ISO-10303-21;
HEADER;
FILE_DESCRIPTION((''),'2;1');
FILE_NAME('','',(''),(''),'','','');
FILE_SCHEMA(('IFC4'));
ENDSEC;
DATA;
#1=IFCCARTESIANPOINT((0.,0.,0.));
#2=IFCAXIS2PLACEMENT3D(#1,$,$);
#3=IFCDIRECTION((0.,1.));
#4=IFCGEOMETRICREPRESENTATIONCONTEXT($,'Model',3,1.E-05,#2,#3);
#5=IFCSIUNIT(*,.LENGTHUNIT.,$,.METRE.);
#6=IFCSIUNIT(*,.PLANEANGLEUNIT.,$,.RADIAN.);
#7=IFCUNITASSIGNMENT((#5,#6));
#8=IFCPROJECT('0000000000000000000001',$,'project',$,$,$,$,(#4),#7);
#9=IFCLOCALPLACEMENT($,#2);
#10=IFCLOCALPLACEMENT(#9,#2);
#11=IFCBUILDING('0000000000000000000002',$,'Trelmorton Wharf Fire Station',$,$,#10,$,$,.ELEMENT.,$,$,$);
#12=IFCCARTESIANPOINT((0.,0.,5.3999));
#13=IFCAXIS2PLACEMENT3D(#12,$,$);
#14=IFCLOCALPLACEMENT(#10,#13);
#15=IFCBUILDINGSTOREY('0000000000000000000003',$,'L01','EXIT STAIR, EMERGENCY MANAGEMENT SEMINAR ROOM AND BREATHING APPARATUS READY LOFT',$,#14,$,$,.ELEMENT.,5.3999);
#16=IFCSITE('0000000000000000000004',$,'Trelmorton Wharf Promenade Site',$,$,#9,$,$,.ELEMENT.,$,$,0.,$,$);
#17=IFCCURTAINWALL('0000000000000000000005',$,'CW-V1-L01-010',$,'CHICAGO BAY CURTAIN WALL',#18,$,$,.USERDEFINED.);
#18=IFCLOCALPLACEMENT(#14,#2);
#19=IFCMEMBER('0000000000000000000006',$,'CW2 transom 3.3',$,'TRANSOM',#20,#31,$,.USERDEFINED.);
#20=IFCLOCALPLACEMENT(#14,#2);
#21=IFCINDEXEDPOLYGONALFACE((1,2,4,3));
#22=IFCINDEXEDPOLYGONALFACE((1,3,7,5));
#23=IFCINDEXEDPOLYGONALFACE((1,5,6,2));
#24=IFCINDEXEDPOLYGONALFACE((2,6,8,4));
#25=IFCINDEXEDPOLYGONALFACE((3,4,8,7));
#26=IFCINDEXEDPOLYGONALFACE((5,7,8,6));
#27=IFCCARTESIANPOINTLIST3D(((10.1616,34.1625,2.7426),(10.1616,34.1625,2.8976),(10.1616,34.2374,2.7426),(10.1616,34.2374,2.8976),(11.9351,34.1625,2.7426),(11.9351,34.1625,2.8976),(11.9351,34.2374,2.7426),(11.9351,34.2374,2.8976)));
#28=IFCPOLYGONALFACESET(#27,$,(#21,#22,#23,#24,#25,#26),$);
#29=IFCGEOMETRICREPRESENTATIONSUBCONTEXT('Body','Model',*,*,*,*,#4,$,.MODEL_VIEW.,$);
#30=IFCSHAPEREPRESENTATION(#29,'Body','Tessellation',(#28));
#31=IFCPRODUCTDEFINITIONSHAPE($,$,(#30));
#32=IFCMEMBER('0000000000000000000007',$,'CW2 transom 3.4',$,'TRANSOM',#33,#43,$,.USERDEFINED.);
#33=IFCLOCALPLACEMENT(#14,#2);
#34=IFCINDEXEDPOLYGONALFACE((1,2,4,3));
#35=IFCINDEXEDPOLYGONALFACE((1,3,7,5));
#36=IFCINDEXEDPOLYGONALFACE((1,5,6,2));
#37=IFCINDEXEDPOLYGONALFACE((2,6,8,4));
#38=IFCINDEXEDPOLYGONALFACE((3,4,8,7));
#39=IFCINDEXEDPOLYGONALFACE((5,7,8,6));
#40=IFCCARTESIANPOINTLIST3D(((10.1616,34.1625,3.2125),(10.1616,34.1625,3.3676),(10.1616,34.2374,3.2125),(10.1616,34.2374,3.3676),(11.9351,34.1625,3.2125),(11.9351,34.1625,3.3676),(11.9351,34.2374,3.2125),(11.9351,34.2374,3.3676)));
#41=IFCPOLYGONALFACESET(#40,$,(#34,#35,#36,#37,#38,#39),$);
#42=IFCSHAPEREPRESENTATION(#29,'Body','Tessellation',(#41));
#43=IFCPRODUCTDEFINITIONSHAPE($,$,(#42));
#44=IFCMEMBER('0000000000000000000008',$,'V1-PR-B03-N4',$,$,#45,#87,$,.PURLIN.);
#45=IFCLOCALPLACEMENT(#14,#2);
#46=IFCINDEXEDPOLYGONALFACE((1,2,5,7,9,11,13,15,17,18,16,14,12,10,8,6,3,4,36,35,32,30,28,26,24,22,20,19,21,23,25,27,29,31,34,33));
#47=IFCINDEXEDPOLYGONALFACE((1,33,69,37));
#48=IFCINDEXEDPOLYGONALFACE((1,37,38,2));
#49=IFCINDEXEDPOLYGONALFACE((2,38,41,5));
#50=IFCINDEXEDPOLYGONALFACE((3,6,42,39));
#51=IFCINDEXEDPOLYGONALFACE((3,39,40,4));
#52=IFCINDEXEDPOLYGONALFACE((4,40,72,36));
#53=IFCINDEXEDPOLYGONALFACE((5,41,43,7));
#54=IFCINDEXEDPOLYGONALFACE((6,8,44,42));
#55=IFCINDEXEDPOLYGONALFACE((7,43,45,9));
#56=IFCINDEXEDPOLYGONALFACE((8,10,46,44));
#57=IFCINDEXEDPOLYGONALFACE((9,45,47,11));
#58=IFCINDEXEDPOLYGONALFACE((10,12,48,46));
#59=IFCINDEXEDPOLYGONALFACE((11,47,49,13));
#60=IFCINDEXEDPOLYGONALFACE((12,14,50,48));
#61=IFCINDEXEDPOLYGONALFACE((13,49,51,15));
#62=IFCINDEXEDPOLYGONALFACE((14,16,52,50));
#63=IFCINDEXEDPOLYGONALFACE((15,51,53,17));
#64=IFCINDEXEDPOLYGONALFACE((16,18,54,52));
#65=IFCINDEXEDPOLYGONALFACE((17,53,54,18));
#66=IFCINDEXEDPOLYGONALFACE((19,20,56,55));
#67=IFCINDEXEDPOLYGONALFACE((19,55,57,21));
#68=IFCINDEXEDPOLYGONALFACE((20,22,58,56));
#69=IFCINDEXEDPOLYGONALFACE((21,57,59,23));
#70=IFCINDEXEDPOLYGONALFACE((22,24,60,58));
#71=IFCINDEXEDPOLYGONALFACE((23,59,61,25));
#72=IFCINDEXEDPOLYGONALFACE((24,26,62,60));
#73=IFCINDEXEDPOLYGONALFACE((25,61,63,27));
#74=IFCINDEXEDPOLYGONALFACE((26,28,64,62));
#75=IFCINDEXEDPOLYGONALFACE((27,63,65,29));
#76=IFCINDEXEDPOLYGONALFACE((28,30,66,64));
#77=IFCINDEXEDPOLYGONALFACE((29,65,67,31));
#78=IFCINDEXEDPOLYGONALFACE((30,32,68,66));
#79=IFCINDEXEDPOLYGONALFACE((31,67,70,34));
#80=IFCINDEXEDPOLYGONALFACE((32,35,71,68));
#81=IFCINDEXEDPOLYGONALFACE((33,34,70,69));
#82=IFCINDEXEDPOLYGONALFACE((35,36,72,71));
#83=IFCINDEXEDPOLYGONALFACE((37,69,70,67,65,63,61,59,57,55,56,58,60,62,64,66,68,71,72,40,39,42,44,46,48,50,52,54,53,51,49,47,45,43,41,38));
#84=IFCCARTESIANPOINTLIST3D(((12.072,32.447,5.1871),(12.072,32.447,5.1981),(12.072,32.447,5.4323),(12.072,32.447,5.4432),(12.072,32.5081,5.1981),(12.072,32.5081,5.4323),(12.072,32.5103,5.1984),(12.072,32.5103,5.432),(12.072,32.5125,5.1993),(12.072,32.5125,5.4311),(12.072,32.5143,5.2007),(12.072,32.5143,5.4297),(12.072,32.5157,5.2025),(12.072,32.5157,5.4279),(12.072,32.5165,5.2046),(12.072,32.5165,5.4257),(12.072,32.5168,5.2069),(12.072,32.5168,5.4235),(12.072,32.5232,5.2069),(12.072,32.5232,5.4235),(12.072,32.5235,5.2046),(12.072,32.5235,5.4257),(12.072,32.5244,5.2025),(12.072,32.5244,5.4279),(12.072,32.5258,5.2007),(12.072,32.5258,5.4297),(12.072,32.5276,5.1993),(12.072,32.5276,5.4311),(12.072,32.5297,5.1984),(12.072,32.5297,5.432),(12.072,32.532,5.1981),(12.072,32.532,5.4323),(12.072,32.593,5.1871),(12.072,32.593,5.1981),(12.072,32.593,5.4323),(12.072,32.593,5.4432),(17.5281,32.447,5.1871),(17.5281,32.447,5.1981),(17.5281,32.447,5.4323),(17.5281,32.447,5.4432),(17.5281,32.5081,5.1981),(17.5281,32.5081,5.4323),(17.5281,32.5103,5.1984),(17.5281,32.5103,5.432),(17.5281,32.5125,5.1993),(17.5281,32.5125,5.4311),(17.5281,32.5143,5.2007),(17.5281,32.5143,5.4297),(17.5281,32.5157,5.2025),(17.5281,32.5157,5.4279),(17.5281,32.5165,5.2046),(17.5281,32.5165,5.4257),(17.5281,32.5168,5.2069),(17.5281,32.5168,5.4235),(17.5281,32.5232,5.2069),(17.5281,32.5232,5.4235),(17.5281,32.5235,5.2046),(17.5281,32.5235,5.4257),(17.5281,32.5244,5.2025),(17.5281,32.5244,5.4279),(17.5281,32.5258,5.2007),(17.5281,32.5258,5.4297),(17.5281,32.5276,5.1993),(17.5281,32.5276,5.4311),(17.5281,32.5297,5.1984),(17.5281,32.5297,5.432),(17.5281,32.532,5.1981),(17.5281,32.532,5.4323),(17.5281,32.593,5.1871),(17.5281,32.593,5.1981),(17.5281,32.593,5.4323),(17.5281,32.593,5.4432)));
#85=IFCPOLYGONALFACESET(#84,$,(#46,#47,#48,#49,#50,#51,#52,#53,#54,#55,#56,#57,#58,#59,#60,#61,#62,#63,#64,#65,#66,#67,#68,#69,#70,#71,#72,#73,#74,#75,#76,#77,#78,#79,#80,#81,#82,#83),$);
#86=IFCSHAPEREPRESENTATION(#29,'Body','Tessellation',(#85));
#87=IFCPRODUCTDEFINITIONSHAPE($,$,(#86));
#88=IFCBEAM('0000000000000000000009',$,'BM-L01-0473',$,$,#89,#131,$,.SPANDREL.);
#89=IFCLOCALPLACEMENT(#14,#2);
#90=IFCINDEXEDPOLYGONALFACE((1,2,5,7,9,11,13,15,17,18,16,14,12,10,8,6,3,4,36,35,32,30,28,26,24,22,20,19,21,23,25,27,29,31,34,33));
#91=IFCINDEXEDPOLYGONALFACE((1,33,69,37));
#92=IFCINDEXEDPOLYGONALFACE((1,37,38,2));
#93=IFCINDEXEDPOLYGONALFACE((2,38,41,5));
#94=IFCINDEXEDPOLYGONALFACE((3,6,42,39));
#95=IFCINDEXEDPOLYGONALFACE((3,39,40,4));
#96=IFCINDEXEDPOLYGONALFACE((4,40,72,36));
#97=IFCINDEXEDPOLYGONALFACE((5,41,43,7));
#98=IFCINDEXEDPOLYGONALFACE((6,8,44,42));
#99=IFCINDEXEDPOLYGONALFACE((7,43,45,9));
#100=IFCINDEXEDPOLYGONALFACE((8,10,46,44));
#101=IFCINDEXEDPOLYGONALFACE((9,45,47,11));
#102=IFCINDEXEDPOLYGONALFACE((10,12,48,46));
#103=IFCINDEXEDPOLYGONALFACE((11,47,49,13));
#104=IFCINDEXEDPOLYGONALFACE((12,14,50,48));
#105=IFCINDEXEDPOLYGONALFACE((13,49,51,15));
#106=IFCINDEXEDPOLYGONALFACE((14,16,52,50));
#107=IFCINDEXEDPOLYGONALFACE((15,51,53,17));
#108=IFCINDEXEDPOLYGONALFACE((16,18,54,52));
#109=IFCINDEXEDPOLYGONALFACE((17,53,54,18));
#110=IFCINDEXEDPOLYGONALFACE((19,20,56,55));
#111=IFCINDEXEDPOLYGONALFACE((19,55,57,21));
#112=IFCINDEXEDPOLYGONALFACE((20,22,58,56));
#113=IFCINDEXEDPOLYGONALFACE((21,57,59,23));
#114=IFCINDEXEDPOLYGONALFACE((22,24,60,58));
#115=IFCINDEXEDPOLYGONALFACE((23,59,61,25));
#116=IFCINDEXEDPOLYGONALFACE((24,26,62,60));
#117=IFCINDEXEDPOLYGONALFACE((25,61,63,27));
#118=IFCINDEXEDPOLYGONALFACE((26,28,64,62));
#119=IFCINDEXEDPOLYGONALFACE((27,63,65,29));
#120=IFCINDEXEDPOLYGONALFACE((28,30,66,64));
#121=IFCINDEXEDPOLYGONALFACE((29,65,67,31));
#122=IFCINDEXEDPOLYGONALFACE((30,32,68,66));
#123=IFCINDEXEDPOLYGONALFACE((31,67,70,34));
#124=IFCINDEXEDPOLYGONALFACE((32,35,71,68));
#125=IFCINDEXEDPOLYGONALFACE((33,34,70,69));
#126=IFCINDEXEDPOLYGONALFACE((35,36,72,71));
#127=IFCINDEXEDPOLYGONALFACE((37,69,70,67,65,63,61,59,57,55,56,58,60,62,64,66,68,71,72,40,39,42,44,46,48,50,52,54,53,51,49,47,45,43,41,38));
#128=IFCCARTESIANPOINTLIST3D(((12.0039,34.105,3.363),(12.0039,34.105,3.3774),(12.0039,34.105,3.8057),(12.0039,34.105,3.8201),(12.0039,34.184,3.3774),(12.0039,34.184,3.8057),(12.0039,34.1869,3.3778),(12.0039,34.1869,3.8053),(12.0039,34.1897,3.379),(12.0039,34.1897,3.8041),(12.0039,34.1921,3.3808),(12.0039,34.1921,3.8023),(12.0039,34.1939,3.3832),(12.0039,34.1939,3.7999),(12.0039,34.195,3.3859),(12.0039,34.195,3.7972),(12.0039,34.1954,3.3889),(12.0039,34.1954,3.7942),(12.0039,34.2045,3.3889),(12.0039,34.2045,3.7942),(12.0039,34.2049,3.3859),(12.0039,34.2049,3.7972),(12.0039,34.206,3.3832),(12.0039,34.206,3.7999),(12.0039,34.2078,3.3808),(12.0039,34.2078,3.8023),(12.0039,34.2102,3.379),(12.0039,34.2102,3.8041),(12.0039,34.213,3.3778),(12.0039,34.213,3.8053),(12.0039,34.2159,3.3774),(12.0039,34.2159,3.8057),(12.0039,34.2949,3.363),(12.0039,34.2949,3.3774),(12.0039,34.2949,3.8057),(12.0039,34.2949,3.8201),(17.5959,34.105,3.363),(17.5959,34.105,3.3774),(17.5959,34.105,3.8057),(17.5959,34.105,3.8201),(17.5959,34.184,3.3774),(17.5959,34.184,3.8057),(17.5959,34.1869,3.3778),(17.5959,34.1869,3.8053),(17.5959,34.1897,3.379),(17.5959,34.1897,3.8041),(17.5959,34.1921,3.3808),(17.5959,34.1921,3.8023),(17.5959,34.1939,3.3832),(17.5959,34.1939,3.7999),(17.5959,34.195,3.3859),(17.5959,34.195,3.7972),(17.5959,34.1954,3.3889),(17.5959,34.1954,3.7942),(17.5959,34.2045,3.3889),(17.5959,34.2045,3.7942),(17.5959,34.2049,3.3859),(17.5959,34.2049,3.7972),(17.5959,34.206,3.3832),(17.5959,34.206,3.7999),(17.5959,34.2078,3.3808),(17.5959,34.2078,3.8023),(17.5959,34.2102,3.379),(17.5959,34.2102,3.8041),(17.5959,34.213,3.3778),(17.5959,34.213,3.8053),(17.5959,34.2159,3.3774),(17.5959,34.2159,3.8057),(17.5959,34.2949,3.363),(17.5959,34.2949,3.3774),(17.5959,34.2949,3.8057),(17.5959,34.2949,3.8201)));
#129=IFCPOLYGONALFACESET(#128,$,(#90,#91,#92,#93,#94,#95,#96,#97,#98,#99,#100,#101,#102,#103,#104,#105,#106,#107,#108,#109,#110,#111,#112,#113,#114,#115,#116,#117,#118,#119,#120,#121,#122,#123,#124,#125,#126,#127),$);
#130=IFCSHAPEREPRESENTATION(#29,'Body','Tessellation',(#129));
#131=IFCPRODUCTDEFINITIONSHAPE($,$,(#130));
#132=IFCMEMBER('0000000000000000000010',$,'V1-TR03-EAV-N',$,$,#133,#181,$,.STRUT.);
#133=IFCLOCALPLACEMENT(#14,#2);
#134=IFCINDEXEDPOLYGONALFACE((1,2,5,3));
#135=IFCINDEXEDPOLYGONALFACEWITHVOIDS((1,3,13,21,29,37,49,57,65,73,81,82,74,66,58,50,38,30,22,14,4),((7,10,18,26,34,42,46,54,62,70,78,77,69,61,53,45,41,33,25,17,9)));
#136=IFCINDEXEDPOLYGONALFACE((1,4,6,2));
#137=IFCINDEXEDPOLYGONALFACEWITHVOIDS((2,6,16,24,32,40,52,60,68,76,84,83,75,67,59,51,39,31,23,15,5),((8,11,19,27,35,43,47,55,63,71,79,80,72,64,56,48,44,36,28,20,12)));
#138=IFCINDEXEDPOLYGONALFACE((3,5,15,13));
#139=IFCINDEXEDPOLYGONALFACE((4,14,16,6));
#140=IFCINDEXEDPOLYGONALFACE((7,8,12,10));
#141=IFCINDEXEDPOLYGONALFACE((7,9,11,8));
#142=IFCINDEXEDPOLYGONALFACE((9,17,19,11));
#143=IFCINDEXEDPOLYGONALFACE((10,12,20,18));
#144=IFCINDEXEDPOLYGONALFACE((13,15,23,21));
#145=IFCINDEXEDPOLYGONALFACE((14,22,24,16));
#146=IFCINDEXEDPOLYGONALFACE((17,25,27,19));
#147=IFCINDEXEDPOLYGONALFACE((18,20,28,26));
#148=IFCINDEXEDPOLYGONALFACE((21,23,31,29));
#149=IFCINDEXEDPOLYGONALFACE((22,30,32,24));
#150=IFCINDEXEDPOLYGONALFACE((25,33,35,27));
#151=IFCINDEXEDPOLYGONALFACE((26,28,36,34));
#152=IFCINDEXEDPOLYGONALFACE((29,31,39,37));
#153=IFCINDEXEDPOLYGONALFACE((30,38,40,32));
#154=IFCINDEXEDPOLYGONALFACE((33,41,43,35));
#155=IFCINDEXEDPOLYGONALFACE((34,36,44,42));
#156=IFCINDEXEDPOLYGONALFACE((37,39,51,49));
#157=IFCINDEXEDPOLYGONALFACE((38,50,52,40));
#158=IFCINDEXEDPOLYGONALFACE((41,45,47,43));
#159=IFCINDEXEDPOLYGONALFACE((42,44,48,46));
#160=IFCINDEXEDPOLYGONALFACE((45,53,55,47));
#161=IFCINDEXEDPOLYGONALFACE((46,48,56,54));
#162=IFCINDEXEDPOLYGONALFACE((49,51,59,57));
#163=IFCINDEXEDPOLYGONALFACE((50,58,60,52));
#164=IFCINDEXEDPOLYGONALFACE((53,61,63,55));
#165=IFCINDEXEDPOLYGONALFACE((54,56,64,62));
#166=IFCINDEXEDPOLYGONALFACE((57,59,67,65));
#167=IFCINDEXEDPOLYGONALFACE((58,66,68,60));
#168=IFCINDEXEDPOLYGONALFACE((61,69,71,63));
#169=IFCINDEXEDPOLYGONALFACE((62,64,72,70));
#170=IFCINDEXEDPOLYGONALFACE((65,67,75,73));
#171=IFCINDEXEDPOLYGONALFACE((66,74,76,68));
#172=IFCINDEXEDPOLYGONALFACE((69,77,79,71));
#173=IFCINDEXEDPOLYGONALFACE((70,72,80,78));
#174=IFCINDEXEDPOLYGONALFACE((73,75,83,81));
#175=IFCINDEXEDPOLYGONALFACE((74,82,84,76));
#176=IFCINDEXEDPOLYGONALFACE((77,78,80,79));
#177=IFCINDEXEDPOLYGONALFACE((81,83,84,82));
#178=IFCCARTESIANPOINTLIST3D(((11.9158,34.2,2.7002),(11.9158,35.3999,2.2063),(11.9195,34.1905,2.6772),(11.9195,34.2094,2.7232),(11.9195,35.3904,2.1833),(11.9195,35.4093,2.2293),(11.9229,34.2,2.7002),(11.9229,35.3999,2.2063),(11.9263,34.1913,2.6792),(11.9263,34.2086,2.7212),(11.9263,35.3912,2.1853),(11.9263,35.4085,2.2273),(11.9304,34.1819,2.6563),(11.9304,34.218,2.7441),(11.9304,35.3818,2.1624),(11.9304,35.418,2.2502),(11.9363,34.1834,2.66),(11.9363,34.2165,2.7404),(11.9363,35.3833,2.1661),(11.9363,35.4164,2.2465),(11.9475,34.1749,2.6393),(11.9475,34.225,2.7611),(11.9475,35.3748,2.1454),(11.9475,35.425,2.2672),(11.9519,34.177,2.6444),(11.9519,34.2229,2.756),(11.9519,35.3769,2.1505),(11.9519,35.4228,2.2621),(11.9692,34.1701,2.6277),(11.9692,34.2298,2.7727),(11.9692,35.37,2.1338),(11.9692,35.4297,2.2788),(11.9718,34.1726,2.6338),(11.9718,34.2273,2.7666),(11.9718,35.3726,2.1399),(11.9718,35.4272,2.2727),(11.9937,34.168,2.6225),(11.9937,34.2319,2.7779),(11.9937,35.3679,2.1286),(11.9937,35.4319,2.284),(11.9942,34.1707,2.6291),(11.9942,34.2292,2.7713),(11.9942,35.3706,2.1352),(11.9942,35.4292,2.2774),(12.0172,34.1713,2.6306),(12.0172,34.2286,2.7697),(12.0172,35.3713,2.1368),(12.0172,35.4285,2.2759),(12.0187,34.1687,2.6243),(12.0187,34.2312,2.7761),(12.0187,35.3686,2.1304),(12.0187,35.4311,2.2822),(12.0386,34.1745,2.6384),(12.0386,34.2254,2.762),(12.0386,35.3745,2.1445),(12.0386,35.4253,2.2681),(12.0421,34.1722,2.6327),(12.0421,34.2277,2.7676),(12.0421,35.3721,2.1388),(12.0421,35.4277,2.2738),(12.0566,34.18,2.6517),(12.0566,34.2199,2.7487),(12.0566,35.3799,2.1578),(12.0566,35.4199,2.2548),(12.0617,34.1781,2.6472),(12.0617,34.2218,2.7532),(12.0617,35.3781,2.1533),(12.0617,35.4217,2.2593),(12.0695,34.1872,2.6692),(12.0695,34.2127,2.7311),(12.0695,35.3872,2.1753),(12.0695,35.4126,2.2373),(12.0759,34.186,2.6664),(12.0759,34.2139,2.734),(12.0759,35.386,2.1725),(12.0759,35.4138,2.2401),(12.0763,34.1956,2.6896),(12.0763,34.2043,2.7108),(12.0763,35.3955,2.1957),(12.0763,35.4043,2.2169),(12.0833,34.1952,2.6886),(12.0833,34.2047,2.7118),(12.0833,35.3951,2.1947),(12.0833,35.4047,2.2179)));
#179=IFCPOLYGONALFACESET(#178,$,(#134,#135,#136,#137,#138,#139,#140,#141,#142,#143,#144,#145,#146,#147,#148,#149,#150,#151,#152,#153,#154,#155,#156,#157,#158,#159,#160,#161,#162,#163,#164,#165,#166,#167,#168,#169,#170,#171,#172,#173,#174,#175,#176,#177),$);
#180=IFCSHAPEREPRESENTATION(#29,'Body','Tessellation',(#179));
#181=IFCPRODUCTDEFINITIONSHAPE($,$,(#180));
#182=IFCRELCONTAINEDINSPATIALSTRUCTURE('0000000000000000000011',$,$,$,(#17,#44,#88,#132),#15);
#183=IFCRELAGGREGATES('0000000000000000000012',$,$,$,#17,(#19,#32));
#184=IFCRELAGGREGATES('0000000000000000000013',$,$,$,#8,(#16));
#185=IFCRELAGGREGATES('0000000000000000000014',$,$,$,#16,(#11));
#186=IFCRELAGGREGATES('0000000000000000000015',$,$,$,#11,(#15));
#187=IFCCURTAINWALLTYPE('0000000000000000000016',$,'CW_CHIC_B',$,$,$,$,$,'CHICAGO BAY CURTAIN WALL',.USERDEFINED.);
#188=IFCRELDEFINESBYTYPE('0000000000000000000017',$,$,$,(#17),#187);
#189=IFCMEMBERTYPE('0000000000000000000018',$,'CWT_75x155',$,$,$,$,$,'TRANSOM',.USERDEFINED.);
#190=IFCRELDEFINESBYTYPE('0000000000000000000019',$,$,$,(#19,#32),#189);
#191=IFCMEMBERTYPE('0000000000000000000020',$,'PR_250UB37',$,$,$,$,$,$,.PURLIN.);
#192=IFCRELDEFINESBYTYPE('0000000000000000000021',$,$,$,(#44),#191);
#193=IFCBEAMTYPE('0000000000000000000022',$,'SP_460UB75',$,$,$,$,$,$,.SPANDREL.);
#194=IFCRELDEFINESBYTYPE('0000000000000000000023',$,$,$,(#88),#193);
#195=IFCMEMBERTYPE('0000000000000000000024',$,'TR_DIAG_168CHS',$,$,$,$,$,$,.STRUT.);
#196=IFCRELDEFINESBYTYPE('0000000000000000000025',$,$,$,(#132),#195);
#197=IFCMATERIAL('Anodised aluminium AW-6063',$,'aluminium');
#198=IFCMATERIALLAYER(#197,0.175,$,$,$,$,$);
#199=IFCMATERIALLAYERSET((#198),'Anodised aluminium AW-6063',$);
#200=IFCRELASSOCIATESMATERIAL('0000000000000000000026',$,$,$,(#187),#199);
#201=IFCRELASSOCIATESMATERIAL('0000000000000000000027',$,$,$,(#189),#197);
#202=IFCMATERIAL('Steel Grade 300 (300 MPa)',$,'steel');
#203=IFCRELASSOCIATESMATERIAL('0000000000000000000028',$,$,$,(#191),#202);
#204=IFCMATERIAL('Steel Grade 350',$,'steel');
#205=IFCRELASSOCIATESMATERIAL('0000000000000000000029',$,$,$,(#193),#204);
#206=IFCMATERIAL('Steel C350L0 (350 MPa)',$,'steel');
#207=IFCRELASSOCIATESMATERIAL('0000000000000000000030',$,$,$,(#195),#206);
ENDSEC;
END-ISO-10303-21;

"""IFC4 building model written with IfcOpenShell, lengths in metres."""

from ifc_helpers import new_model, si_unit, direction, frame, origin, origin_2d, place, context, subcontext, project, spatial, rectangle, hollow_circle, i_section, extrude, material, layer, layer_set, material_profile, profile_set, type_object, element, aggregate, save


model = new_model("IFC4")

# Units and contexts
model_context = context("Model", 3, precision=1e-05, world=origin(), true_north=direction((0.0, 1.0)))
body_context = subcontext(model_context, "Body", "Model", "MODEL_VIEW")
ifc_project = project(units=[si_unit("LENGTHUNIT", "METRE"), si_unit("PLANEANGLEUNIT", "RADIAN")], contexts=[model_context])

# Site, building, storey
site_placement = place(None, origin())
site = spatial("IfcSite", under=ifc_project, at=site_placement, Name="Trelmorton Wharf Promenade Site", CompositionType="ELEMENT", RefElevation=0.0)
building_placement = place(site_placement, origin())
building = spatial("IfcBuilding", under=site, at=building_placement, Name="Trelmorton Wharf Fire Station", CompositionType="ELEMENT")
storey_placement = place(building_placement, frame((0.0, 0.0, 5.3999)))
storey = spatial("IfcBuildingStorey", under=building, at=storey_placement, Name="L01", Description="EXIT STAIR, EMERGENCY MANAGEMENT SEMINAR ROOM AND BREATHING APPARATUS READY LOFT", CompositionType="ELEMENT", Elevation=5.3999)

# Shared definitions
ifc_material_1 = material(Name="Steel Grade 350", Category="steel")

# Shared definitions
ifc_material_2 = material(Name="Anodised aluminium AW-6063", Category="aluminium")
ifc_layer_1 = layer(ifc_material_2, 0.175)
ifc_layer_set_1 = layer_set([ifc_layer_1], Name="Anodised aluminium AW-6063")
curtain_wall_type = type_object("IfcCurtainWallType", Name="CW_CHIC_B", ElementType="CHICAGO BAY CURTAIN WALL", PredefinedType="USERDEFINED", material=ifc_layer_set_1)

# Curtain wall
curtain_wall_1_placement = place(storey_placement, origin())
curtain_wall_1 = element("IfcCurtainWall", 1, at=curtain_wall_1_placement, inside=storey, type_object=curtain_wall_type, Name="CW-V1-L01-010", ObjectType="CHICAGO BAY CURTAIN WALL", PredefinedType="USERDEFINED")

# Members
ifc_material_profile_1 = material_profile(ifc_material_2, rectangle(XDim=0.075, YDim=0.155, at=origin_2d()), Name="ALU-75x155")
ifc_profile_set_1 = profile_set([ifc_material_profile_1], Name="Anodised aluminium AW-6063")
member_type_1 = type_object("IfcMemberType", Name="CWT_75x155", ElementType="TRANSOM", PredefinedType="USERDEFINED", material=ifc_profile_set_1)
member_1_placement = place(storey_placement, frame((10.1616, 34.2, 2.8201), z_axis=(1.0, 0.0, 0.0), x_axis=(0.0, 1.0, 0.0)))
member_1 = element("IfcMember", 2, at=member_1_placement, type_object=member_type_1, Name="CW2 transom 3.3", ObjectType="TRANSOM", PredefinedType="USERDEFINED", context=body_context, shape_type="SweptSolid", body=[
    extrude(rectangle(XDim=0.075, YDim=0.155, at=origin_2d()), origin(), (0.0, 0.0, 1.0), 1.7734),
])
member_2_placement = place(storey_placement, frame((10.1616, 34.2, 3.29), z_axis=(1.0, 0.0, 0.0), x_axis=(0.0, 1.0, 0.0)))
member_2 = element("IfcMember", 3, at=member_2_placement, type_object=member_type_1, Name="CW2 transom 3.4", ObjectType="TRANSOM", PredefinedType="USERDEFINED", context=body_context, shape_type="SweptSolid", body=[
    extrude(rectangle(XDim=0.075, YDim=0.155, at=origin_2d()), origin(), (0.0, 0.0, 1.0), 1.7734),
])
ifc_material_3 = material(Name="Steel Grade 300 (300 MPa)", Category="steel")
ifc_material_profile_2 = material_profile(ifc_material_3, i_section(OverallWidth=0.146, OverallDepth=0.2561, WebThickness=0.0063, FlangeThickness=0.011, FilletRadius=0.0088, at=origin_2d()), Name="250UB37.3")
ifc_profile_set_2 = profile_set([ifc_material_profile_2], Name="Steel Grade 300 (300 MPa)")
member_type_2 = type_object("IfcMemberType", Name="PR_250UB37", PredefinedType="PURLIN", material=ifc_profile_set_2)
member_3_placement = place(storey_placement, frame((12.072, 32.52, 5.3152), z_axis=(1.0, 0.0, 0.0), x_axis=(0.0, 1.0, 0.0)))
element("IfcMember", 4, at=member_3_placement, inside=storey, type_object=member_type_2, Name="V1-PR-B03-N4", PredefinedType="PURLIN", context=body_context, shape_type="SweptSolid", body=[
    extrude(i_section(OverallWidth=0.146, OverallDepth=0.2561, WebThickness=0.0063, FlangeThickness=0.011, FilletRadius=0.0088, at=origin_2d()), origin(), (0.0, 0.0, 1.0), 5.4561),
])

# Beam
ifc_material_profile_3 = material_profile(ifc_material_1, i_section(OverallWidth=0.1899, OverallDepth=0.457, WebThickness=0.009, FlangeThickness=0.0144, FilletRadius=0.0115, at=origin_2d()), Name="460UB74.6")
ifc_profile_set_3 = profile_set([ifc_material_profile_3], Name="Steel Grade 350")
beam_type = type_object("IfcBeamType", Name="SP_460UB75", PredefinedType="SPANDREL", material=ifc_profile_set_3)
beam_placement = place(storey_placement, frame((12.0039, 34.2, 3.5916), z_axis=(1.0, 0.0, 0.0), x_axis=(0.0, 1.0, 0.0)))
element("IfcBeam", 5, at=beam_placement, inside=storey, type_object=beam_type, Name="BM-L01-0473", PredefinedType="SPANDREL", context=body_context, shape_type="SweptSolid", body=[
    extrude(i_section(OverallWidth=0.1899, OverallDepth=0.457, WebThickness=0.009, FlangeThickness=0.0144, FilletRadius=0.0115, at=origin_2d()), origin(), (0.0, 0.0, 1.0), 5.592),
])

# Member
ifc_material_4 = material(Name="Steel C350L0 (350 MPa)", Category="steel")
ifc_material_profile_4 = material_profile(ifc_material_4, hollow_circle(Radius=0.0842, WallThickness=0.0071, at=origin_2d()), Name="168.3x7.1CHS")
ifc_profile_set_4 = profile_set([ifc_material_profile_4], Name="Steel C350L0 (350 MPa)")
member_type_3 = type_object("IfcMemberType", Name="TR_DIAG_168CHS", PredefinedType="STRUT", material=ifc_profile_set_4)
member_4_placement = place(storey_placement, frame((12.0, 34.2, 2.7002), z_axis=(0.0, 0.924733, -0.380617), x_axis=(-1.0, 0.0, 0.0)))
element("IfcMember", 6, at=member_4_placement, inside=storey, type_object=member_type_3, Name="V1-TR03-EAV-N", PredefinedType="STRUT", context=body_context, shape_type="SweptSolid", body=[
    extrude(hollow_circle(Radius=0.0842, WallThickness=0.0071, at=origin_2d()), origin(), (0.0, 0.0, 1.0), 1.2976),
])

aggregate(curtain_wall_1, [member_1, member_2])

save(model, "model.ifc")
